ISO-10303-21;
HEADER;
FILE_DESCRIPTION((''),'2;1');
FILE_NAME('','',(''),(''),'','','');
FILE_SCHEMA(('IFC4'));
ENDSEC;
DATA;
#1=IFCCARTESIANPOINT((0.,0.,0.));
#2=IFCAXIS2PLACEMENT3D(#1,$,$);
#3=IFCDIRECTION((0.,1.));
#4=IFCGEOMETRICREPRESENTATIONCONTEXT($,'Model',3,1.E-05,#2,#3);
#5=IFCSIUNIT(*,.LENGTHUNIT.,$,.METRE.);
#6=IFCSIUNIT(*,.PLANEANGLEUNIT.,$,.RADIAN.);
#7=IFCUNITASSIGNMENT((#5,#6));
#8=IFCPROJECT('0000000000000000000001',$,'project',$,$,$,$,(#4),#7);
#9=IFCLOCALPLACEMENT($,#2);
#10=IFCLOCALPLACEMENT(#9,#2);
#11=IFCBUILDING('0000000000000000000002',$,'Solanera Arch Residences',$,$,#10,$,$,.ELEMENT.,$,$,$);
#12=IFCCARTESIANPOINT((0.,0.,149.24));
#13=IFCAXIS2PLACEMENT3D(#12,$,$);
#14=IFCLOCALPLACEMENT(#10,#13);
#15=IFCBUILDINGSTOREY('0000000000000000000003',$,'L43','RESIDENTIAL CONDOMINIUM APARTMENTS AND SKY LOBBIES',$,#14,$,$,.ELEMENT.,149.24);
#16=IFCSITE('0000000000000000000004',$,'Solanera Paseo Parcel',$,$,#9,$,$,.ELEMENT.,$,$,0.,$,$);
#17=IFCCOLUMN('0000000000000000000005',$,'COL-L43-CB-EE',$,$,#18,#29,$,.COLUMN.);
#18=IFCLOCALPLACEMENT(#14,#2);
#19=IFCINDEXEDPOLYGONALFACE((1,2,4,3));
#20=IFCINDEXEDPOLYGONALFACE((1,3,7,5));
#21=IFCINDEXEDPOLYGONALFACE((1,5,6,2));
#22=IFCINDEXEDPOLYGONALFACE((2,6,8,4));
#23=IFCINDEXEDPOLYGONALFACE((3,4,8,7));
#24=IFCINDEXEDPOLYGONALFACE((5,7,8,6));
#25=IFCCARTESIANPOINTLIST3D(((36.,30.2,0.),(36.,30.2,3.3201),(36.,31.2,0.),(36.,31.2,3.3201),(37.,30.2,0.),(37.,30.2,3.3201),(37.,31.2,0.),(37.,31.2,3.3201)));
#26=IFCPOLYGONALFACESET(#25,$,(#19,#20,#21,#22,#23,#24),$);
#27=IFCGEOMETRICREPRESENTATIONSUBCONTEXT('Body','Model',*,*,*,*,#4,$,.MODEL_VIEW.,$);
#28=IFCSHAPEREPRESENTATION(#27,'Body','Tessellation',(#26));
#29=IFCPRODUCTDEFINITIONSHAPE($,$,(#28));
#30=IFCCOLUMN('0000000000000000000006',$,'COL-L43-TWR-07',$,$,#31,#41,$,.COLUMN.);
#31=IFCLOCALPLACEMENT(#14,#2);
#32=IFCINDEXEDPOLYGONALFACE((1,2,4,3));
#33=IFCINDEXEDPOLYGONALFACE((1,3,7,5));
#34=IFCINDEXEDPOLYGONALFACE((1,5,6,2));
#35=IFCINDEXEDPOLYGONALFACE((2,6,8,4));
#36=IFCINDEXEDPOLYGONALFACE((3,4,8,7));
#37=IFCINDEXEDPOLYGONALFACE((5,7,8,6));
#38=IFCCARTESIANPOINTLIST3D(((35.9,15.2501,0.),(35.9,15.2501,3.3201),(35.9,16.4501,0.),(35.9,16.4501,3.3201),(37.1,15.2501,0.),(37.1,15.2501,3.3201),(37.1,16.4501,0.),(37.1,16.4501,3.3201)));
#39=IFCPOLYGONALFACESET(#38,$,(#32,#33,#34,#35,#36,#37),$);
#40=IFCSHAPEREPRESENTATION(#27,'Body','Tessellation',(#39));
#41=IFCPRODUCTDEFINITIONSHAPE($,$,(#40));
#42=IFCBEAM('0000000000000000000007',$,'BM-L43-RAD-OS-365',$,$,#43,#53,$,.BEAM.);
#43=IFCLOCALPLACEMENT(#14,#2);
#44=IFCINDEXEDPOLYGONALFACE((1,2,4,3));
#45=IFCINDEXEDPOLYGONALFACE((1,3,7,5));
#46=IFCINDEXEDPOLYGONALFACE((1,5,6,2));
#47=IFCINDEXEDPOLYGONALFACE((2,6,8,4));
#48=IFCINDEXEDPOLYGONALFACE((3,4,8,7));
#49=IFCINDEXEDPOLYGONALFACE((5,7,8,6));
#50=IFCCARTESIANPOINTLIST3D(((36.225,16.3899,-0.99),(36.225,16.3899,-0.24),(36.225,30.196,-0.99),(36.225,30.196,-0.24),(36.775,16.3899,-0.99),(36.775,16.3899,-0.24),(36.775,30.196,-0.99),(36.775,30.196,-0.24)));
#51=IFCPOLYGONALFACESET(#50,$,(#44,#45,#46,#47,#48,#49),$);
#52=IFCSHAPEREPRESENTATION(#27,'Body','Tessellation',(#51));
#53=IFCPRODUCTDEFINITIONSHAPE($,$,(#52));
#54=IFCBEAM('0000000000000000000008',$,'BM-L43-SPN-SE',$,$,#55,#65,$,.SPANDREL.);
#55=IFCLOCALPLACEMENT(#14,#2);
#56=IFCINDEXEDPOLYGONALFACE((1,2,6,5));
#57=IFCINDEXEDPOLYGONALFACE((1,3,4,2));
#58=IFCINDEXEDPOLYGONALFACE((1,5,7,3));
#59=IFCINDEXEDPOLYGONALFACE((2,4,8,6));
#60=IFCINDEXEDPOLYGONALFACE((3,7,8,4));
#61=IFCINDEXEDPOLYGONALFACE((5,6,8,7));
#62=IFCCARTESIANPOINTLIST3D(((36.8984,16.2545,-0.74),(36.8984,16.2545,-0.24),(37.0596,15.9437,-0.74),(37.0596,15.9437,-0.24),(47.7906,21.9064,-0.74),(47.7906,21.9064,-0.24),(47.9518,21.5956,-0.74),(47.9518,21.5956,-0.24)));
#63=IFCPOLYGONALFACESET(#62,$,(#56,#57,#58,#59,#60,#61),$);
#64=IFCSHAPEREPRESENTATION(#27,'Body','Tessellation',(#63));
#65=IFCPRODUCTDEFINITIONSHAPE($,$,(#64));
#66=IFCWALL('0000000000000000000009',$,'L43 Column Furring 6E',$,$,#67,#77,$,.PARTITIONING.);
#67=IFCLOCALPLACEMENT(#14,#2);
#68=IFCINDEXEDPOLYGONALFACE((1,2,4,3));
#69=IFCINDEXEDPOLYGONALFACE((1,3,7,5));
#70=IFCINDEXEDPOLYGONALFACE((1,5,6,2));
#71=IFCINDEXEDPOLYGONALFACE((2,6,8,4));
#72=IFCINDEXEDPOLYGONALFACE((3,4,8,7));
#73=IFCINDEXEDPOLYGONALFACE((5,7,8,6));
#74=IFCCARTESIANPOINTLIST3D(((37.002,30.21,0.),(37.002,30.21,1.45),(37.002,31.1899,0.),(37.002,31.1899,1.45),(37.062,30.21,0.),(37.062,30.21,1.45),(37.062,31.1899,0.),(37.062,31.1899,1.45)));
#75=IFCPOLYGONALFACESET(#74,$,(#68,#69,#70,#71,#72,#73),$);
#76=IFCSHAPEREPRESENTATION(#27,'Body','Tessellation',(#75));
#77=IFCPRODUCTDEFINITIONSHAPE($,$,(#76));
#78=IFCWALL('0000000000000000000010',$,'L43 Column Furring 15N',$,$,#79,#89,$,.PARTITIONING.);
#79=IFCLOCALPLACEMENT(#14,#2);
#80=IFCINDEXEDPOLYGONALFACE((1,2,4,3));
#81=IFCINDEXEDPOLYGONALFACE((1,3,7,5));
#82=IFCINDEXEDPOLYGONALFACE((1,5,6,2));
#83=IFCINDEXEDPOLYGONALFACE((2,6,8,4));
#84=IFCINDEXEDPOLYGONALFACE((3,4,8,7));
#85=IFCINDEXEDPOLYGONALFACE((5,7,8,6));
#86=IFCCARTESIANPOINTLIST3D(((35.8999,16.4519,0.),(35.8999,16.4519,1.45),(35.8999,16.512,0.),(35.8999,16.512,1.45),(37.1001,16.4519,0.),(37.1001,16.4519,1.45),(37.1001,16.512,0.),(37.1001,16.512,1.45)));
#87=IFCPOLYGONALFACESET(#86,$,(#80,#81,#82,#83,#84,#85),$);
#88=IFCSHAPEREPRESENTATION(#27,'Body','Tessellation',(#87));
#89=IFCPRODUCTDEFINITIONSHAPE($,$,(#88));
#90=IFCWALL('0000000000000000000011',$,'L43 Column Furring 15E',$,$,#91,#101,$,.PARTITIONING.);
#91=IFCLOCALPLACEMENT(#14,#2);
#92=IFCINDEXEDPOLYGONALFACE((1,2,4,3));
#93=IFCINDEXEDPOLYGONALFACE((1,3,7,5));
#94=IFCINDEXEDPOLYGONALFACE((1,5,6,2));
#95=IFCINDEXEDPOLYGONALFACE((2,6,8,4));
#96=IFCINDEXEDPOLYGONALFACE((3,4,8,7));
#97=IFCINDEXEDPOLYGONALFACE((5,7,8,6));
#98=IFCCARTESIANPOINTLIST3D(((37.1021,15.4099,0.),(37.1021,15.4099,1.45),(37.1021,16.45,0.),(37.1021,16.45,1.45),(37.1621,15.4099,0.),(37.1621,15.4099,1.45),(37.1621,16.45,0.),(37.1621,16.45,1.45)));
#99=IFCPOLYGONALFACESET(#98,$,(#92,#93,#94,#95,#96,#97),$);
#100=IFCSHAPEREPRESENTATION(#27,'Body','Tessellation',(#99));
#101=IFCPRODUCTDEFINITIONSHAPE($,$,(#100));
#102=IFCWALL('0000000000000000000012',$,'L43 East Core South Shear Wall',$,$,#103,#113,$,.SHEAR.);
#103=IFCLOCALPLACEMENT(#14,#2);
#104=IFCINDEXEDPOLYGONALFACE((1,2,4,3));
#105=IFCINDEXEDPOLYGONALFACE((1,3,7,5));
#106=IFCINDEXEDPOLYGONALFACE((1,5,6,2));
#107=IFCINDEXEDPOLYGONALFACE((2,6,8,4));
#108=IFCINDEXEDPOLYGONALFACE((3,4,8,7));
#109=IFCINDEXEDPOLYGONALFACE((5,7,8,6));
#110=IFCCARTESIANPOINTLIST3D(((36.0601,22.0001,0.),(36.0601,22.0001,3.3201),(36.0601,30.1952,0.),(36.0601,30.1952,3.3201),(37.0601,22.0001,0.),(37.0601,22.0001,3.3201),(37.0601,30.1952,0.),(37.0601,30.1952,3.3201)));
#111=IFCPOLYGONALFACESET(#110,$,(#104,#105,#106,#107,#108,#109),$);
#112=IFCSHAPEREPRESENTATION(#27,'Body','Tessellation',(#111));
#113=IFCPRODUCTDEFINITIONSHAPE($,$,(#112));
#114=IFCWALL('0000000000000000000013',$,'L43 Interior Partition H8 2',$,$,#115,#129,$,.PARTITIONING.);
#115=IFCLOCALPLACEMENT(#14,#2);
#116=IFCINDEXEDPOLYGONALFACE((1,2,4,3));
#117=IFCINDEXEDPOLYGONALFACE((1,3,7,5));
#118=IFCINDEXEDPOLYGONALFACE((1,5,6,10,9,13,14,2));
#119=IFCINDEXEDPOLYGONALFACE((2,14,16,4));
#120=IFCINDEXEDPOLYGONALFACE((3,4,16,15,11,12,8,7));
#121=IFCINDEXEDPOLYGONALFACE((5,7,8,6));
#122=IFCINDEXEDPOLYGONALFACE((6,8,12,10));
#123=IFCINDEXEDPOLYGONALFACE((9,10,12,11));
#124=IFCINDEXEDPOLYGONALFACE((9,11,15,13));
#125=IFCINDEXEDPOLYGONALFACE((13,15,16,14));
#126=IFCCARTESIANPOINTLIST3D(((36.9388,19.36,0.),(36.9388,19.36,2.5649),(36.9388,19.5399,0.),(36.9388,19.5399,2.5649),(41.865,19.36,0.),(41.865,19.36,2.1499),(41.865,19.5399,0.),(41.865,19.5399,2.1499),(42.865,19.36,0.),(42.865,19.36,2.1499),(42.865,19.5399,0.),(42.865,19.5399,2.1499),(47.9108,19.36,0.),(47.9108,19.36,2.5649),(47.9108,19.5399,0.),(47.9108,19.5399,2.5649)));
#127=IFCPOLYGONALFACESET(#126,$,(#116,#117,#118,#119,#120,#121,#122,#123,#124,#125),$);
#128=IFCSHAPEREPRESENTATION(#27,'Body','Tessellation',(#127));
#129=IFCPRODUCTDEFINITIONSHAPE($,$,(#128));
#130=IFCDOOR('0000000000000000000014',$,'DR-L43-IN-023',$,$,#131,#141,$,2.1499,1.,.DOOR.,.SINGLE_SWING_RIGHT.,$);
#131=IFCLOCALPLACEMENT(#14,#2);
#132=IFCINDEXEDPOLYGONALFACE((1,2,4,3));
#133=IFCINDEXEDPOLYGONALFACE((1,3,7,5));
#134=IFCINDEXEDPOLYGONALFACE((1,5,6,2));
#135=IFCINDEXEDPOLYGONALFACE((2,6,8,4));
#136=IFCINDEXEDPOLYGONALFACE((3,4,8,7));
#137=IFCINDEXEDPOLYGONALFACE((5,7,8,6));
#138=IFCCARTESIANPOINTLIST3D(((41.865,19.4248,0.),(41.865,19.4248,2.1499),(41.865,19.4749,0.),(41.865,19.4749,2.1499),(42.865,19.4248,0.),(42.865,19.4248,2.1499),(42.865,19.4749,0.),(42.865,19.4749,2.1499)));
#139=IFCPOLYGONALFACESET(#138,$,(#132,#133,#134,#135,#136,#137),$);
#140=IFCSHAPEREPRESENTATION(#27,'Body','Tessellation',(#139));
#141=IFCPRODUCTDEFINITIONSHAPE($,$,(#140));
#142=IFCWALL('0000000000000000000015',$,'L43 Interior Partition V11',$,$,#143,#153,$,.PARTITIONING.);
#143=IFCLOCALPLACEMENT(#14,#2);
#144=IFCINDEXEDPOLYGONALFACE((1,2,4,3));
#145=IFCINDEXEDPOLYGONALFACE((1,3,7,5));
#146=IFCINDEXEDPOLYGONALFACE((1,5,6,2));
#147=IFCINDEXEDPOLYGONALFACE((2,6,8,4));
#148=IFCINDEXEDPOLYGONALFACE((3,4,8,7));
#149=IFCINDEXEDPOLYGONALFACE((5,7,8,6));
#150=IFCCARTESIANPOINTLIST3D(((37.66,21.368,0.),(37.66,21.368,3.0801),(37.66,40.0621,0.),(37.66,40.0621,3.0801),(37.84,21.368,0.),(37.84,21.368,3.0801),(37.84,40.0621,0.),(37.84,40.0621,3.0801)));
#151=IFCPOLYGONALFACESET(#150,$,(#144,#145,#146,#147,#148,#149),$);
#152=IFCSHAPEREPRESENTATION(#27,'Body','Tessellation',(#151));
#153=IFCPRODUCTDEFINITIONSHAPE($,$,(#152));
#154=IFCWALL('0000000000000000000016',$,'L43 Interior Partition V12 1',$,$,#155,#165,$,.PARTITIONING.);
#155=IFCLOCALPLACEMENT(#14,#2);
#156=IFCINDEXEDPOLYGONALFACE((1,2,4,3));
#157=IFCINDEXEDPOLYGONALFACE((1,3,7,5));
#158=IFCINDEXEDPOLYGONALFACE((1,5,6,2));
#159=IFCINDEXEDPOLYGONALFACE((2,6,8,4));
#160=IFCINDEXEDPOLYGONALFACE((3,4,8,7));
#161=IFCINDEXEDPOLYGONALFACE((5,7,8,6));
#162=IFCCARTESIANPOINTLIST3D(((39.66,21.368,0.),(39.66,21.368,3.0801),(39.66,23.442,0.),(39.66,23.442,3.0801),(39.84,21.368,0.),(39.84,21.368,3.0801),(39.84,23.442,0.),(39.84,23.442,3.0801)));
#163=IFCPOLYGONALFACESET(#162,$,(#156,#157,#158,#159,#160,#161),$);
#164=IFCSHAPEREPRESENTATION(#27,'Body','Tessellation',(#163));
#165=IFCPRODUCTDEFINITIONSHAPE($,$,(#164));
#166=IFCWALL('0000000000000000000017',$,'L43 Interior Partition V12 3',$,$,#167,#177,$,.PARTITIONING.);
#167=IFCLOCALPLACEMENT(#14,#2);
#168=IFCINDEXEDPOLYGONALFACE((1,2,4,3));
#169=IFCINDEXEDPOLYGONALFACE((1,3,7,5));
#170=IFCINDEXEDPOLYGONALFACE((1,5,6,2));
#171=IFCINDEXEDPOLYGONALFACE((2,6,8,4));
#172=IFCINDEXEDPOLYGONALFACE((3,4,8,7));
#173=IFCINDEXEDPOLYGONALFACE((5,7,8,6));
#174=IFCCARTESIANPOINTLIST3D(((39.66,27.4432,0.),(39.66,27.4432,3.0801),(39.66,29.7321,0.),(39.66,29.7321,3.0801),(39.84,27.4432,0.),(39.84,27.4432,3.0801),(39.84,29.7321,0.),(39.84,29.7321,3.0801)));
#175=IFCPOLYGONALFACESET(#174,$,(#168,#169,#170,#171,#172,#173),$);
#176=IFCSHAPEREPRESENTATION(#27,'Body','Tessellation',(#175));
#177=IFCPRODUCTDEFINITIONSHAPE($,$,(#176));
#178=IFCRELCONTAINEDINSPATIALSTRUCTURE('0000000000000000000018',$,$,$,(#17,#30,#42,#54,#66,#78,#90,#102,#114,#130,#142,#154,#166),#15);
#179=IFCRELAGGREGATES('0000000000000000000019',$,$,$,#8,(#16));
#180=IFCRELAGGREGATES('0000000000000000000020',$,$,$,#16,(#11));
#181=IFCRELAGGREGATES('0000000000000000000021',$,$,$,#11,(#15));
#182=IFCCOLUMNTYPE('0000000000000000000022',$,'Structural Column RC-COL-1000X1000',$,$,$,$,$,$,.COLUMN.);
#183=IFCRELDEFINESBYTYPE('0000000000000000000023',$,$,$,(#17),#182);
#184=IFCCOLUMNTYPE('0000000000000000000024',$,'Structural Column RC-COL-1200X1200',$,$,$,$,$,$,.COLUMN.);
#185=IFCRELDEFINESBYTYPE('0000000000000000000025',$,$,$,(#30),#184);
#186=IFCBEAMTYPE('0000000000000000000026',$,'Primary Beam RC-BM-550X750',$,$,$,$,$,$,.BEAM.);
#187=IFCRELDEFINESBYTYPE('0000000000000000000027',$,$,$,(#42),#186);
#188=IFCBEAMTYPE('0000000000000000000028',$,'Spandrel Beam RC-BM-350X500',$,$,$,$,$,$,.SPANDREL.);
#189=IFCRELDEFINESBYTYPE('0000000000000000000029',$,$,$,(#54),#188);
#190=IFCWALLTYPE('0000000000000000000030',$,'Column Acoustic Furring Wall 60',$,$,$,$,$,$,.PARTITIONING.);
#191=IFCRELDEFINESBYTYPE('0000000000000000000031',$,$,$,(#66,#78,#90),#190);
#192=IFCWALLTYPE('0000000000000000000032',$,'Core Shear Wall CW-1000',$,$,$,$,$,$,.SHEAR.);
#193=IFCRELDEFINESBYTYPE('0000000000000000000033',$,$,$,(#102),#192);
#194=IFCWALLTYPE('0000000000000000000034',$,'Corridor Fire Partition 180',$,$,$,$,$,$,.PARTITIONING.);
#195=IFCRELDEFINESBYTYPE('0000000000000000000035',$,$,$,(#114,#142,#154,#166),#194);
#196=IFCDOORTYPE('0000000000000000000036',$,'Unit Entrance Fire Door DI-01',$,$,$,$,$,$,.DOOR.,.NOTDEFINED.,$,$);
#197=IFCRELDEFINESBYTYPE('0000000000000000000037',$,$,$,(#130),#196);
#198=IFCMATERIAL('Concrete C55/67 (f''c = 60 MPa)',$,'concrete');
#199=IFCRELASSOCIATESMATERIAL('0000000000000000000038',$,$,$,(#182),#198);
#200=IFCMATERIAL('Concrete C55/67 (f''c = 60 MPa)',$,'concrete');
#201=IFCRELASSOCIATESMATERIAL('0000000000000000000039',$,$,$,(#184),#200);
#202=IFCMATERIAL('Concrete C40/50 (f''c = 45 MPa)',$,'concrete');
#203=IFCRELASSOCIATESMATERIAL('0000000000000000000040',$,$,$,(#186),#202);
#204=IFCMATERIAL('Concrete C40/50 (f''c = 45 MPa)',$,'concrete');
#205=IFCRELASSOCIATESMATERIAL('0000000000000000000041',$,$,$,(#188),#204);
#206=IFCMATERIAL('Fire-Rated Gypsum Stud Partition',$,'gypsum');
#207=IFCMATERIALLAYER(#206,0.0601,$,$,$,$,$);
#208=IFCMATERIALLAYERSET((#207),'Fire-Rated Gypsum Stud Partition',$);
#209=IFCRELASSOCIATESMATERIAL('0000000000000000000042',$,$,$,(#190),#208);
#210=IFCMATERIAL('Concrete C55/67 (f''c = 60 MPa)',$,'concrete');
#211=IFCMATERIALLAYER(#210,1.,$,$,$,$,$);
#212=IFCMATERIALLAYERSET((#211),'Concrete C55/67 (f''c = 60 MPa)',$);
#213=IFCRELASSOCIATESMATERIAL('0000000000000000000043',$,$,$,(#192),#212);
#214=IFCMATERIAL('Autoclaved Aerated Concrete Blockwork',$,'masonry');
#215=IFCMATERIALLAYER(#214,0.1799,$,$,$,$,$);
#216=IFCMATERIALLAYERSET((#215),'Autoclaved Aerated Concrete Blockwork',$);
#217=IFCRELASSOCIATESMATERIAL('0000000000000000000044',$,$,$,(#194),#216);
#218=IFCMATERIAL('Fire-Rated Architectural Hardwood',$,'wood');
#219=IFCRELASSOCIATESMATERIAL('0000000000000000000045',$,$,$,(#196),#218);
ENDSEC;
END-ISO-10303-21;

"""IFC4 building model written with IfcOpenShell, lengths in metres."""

from ifc_helpers import new_model, si_unit, direction, frame, frame_2d, origin, origin_2d, place, context, subcontext, project, spatial, rectangle, extrude, material, layer, layer_set, material_profile, profile_set, type_object, element, fill, save


model = new_model("IFC4")

# Units and contexts
model_context = context("Model", 3, precision=1e-05, world=origin(), true_north=direction((0.0, 1.0)))
body_context = subcontext(model_context, "Body", "Model", "MODEL_VIEW")
ifc_project = project(units=[si_unit("LENGTHUNIT", "METRE"), si_unit("PLANEANGLEUNIT", "RADIAN")], contexts=[model_context])

# Site, building, storey
site_placement = place(None, origin())
site = spatial("IfcSite", under=ifc_project, at=site_placement, Name="Solanera Paseo Parcel", CompositionType="ELEMENT", RefElevation=0.0)
building_placement = place(site_placement, origin())
building = spatial("IfcBuilding", under=site, at=building_placement, Name="Solanera Arch Residences", CompositionType="ELEMENT")
storey_placement = place(building_placement, frame((0.0, 0.0, 149.24)))
storey = spatial("IfcBuildingStorey", under=building, at=storey_placement, Name="L43", Description="RESIDENTIAL CONDOMINIUM APARTMENTS AND SKY LOBBIES", CompositionType="ELEMENT", Elevation=149.24)

# Columns
ifc_material_1 = material(Name="Concrete C55/67 (f'c = 60 MPa)", Category="concrete")
ifc_material_profile_1 = material_profile(ifc_material_1, rectangle(XDim=1.0, YDim=1.0, at=origin_2d()))
ifc_profile_set_1 = profile_set([ifc_material_profile_1], Name="Concrete C55/67 (f'c = 60 MPa)")
column_type_1 = type_object("IfcColumnType", Name="Structural Column RC-COL-1000X1000", PredefinedType="COLUMN", material=ifc_profile_set_1)
column_1_placement = place(storey_placement, frame((36.5, 30.7, 0.0), z_axis=(0.0, 0.0, 1.0), x_axis=(1.0, 0.0, 0.0)))
element("IfcColumn", 1, at=column_1_placement, inside=storey, type_object=column_type_1, Name="COL-L43-CB-EE", PredefinedType="COLUMN", context=body_context, shape_type="SweptSolid", body=[
    extrude(rectangle(XDim=1.0, YDim=1.0, at=origin_2d()), origin(), (0.0, 0.0, 1.0), 3.3201),
])
ifc_material_2 = material(Name="Concrete C55/67 (f'c = 60 MPa)", Category="concrete")
ifc_material_profile_2 = material_profile(ifc_material_2, rectangle(XDim=1.2, YDim=1.2, at=origin_2d()))
ifc_profile_set_2 = profile_set([ifc_material_profile_2], Name="Concrete C55/67 (f'c = 60 MPa)")
column_type_2 = type_object("IfcColumnType", Name="Structural Column RC-COL-1200X1200", PredefinedType="COLUMN", material=ifc_profile_set_2)
column_2_placement = place(storey_placement, frame((36.5, 15.8501, 0.0), z_axis=(0.0, 0.0, 1.0), x_axis=(1.0, 0.0, 0.0)))
element("IfcColumn", 2, at=column_2_placement, inside=storey, type_object=column_type_2, Name="COL-L43-TWR-07", PredefinedType="COLUMN", context=body_context, shape_type="SweptSolid", body=[
    extrude(rectangle(XDim=1.2, YDim=1.2, at=origin_2d()), origin(), (0.0, 0.0, 1.0), 3.3201),
])

# Beams
ifc_material_3 = material(Name="Concrete C40/50 (f'c = 45 MPa)", Category="concrete")
ifc_material_profile_3 = material_profile(ifc_material_3, rectangle(XDim=0.55, YDim=0.75, at=origin_2d()))
ifc_profile_set_3 = profile_set([ifc_material_profile_3], Name="Concrete C40/50 (f'c = 45 MPa)")
beam_type_1 = type_object("IfcBeamType", Name="Primary Beam RC-BM-550X750", PredefinedType="BEAM", material=ifc_profile_set_3)
beam_1_placement = place(storey_placement, frame((36.5, 16.3899, -0.615), z_axis=(0.0, 1.0, 0.0), x_axis=(-1.0, 0.0, 0.0)))
element("IfcBeam", 3, at=beam_1_placement, inside=storey, type_object=beam_type_1, Name="BM-L43-RAD-OS-365", PredefinedType="BEAM", context=body_context, shape_type="SweptSolid", body=[
    extrude(rectangle(XDim=0.55, YDim=0.75, at=origin_2d()), origin(), (0.0, 0.0, 1.0), 13.8062),
])
ifc_material_4 = material(Name="Concrete C40/50 (f'c = 45 MPa)", Category="concrete")
ifc_material_profile_4 = material_profile(ifc_material_4, rectangle(XDim=0.3501, YDim=0.5, at=origin_2d()))
ifc_profile_set_4 = profile_set([ifc_material_profile_4], Name="Concrete C40/50 (f'c = 45 MPa)")
beam_type_2 = type_object("IfcBeamType", Name="Spandrel Beam RC-BM-350X500", PredefinedType="SPANDREL", material=ifc_profile_set_4)
beam_2_placement = place(storey_placement, frame((36.979, 16.0991, -0.49), z_axis=(0.887618, 0.460581, 0.0), x_axis=(-0.460581, 0.887618, 0.0)))
element("IfcBeam", 4, at=beam_2_placement, inside=storey, type_object=beam_type_2, Name="BM-L43-SPN-SE", PredefinedType="SPANDREL", context=body_context, shape_type="SweptSolid", body=[
    extrude(rectangle(XDim=0.3501, YDim=0.5, at=origin_2d()), origin(), (0.0, 0.0, 1.0), 12.2712),
])

# Walls
ifc_material_5 = material(Name="Fire-Rated Gypsum Stud Partition", Category="gypsum")
ifc_layer_1 = layer(ifc_material_5, 0.0601)
ifc_layer_set_1 = layer_set([ifc_layer_1], Name="Fire-Rated Gypsum Stud Partition")
wall_type_1 = type_object("IfcWallType", Name="Column Acoustic Furring Wall 60", PredefinedType="PARTITIONING", material=ifc_layer_set_1)
wall_1_placement = place(storey_placement, frame((37.032, 30.21, 0.0), z_axis=(0.0, 0.0, 1.0), x_axis=(0.0, 1.0, 0.0)))
element("IfcWall", 5, at=wall_1_placement, inside=storey, type_object=wall_type_1, Name="L43 Column Furring 6E", PredefinedType="PARTITIONING", context=body_context, shape_type="SweptSolid", body=[
    extrude(rectangle(XDim=0.98, YDim=0.0601, at=frame_2d((0.49, 0.0))), origin(), (0.0, 0.0, 1.0), 1.45),
])
wall_2_placement = place(storey_placement, frame((35.8999, 16.4819, 0.0), z_axis=(0.0, 0.0, 1.0), x_axis=(1.0, 0.0, 0.0)))
element("IfcWall", 6, at=wall_2_placement, inside=storey, type_object=wall_type_1, Name="L43 Column Furring 15N", PredefinedType="PARTITIONING", context=body_context, shape_type="SweptSolid", body=[
    extrude(rectangle(XDim=1.2002, YDim=0.0601, at=frame_2d((0.6001, 0.0))), origin(), (0.0, 0.0, 1.0), 1.45),
])
wall_3_placement = place(storey_placement, frame((37.1321, 15.4099, 0.0), z_axis=(0.0, 0.0, 1.0), x_axis=(0.0, 1.0, 0.0)))
element("IfcWall", 7, at=wall_3_placement, inside=storey, type_object=wall_type_1, Name="L43 Column Furring 15E", PredefinedType="PARTITIONING", context=body_context, shape_type="SweptSolid", body=[
    extrude(rectangle(XDim=1.04, YDim=0.0601, at=frame_2d((0.52, 0.0))), origin(), (0.0, 0.0, 1.0), 1.45),
])
ifc_material_6 = material(Name="Concrete C55/67 (f'c = 60 MPa)", Category="concrete")
ifc_layer_2 = layer(ifc_material_6, 1.0)
ifc_layer_set_2 = layer_set([ifc_layer_2], Name="Concrete C55/67 (f'c = 60 MPa)")
wall_type_2 = type_object("IfcWallType", Name="Core Shear Wall CW-1000", PredefinedType="SHEAR", material=ifc_layer_set_2)
wall_4_placement = place(storey_placement, frame((36.5601, 22.0, 0.0), z_axis=(0.0, 0.0, 1.0), x_axis=(0.0, 1.0, 0.0)))
element("IfcWall", 8, at=wall_4_placement, inside=storey, type_object=wall_type_2, Name="L43 East Core South Shear Wall", PredefinedType="SHEAR", context=body_context, shape_type="SweptSolid", body=[
    extrude(rectangle(XDim=8.1951, YDim=1.0, at=frame_2d((4.0977, 0.0))), origin(), (0.0, 0.0, 1.0), 3.3201),
])

# Wall, opening, door
ifc_material_7 = material(Name="Autoclaved Aerated Concrete Blockwork", Category="masonry")
ifc_layer_3 = layer(ifc_material_7, 0.1799)
ifc_layer_set_3 = layer_set([ifc_layer_3], Name="Autoclaved Aerated Concrete Blockwork")
wall_type_3 = type_object("IfcWallType", Name="Corridor Fire Partition 180", PredefinedType="PARTITIONING", material=ifc_layer_set_3)
wall_5_placement = place(storey_placement, frame((36.939, 19.45, 0.0), z_axis=(0.0, 0.0, 1.0), x_axis=(1.0, 0.0, 0.0)))
wall_5 = element("IfcWall", 9, at=wall_5_placement, inside=storey, type_object=wall_type_3, Name="L43 Interior Partition H8 2", PredefinedType="PARTITIONING", context=body_context, shape_type="SweptSolid", body=[
    extrude(rectangle(XDim=10.9719, YDim=0.1799, at=frame_2d((5.4858, 0.0))), origin(), (0.0, 0.0, 1.0), 2.5649),
])
opening_1_placement = place(wall_5_placement, frame((4.926, 0.0, 0.0)))
opening_1 = element("IfcOpeningElement", 10, at=opening_1_placement, cuts=wall_5, PredefinedType="OPENING", context=body_context, shape_type="SweptSolid", body=[
    extrude(rectangle(XDim=1.0, YDim=2.1499, at=frame_2d((0.5, 1.075))), frame((0.0, 0.1001, 0.0), z_axis=(0.0, -1.0, 0.0), x_axis=(1.0, 0.0, 0.0)), (0.0, 0.0, 1.0), 0.1999),
])
ifc_material_8 = material(Name="Fire-Rated Architectural Hardwood", Category="wood")
door_type_1 = type_object("IfcDoorType", Name="Unit Entrance Fire Door DI-01", OperationType="NOTDEFINED", PredefinedType="DOOR", material=ifc_material_8)
door_1_placement = place(opening_1_placement, origin())
door_1 = element("IfcDoor", 11, at=door_1_placement, inside=storey, type_object=door_type_1, Name="DR-L43-IN-023", OperationType="SINGLE_SWING_RIGHT", OverallHeight=2.1499, OverallWidth=1.0, PredefinedType="DOOR", context=body_context, shape_type="SweptSolid", body=[
    extrude(rectangle(XDim=1.0, YDim=2.1499, at=frame_2d((0.5, 1.075))), frame((0.0, 0.0249, 0.0), z_axis=(0.0, -1.0, 0.0), x_axis=(1.0, 0.0, 0.0)), (0.0, 0.0, 1.0), 0.05),
])
fill(opening_1, door_1)

# Walls
wall_6_placement = place(storey_placement, frame((37.75, 21.3679, 0.0), z_axis=(0.0, 0.0, 1.0), x_axis=(0.0, 1.0, 0.0)))
element("IfcWall", 12, at=wall_6_placement, inside=storey, type_object=wall_type_3, Name="L43 Interior Partition V11", PredefinedType="PARTITIONING", context=body_context, shape_type="SweptSolid", body=[
    extrude(rectangle(XDim=18.6941, YDim=0.1799, at=frame_2d((9.3472, 0.0))), origin(), (0.0, 0.0, 1.0), 3.0801),
])
wall_7_placement = place(storey_placement, frame((39.75, 21.3679, 0.0), z_axis=(0.0, 0.0, 1.0), x_axis=(0.0, 1.0, 0.0)))
element("IfcWall", 13, at=wall_7_placement, inside=storey, type_object=wall_type_3, Name="L43 Interior Partition V12 1", PredefinedType="PARTITIONING", context=body_context, shape_type="SweptSolid", body=[
    extrude(rectangle(XDim=2.074, YDim=0.1799, at=frame_2d((1.0371, 0.0))), origin(), (0.0, 0.0, 1.0), 3.0801),
])

# Wall
wall_8_placement = place(storey_placement, frame((39.75, 27.4431, 0.0), z_axis=(0.0, 0.0, 1.0), x_axis=(0.0, 1.0, 0.0)))
element("IfcWall", 14, at=wall_8_placement, inside=storey, type_object=wall_type_3, Name="L43 Interior Partition V12 3", PredefinedType="PARTITIONING", context=body_context, shape_type="SweptSolid", body=[
    extrude(rectangle(XDim=2.2888, YDim=0.1799, at=frame_2d((1.1445, 0.0))), origin(), (0.0, 0.0, 1.0), 3.0801),
])

save(model, "model.ifc")
